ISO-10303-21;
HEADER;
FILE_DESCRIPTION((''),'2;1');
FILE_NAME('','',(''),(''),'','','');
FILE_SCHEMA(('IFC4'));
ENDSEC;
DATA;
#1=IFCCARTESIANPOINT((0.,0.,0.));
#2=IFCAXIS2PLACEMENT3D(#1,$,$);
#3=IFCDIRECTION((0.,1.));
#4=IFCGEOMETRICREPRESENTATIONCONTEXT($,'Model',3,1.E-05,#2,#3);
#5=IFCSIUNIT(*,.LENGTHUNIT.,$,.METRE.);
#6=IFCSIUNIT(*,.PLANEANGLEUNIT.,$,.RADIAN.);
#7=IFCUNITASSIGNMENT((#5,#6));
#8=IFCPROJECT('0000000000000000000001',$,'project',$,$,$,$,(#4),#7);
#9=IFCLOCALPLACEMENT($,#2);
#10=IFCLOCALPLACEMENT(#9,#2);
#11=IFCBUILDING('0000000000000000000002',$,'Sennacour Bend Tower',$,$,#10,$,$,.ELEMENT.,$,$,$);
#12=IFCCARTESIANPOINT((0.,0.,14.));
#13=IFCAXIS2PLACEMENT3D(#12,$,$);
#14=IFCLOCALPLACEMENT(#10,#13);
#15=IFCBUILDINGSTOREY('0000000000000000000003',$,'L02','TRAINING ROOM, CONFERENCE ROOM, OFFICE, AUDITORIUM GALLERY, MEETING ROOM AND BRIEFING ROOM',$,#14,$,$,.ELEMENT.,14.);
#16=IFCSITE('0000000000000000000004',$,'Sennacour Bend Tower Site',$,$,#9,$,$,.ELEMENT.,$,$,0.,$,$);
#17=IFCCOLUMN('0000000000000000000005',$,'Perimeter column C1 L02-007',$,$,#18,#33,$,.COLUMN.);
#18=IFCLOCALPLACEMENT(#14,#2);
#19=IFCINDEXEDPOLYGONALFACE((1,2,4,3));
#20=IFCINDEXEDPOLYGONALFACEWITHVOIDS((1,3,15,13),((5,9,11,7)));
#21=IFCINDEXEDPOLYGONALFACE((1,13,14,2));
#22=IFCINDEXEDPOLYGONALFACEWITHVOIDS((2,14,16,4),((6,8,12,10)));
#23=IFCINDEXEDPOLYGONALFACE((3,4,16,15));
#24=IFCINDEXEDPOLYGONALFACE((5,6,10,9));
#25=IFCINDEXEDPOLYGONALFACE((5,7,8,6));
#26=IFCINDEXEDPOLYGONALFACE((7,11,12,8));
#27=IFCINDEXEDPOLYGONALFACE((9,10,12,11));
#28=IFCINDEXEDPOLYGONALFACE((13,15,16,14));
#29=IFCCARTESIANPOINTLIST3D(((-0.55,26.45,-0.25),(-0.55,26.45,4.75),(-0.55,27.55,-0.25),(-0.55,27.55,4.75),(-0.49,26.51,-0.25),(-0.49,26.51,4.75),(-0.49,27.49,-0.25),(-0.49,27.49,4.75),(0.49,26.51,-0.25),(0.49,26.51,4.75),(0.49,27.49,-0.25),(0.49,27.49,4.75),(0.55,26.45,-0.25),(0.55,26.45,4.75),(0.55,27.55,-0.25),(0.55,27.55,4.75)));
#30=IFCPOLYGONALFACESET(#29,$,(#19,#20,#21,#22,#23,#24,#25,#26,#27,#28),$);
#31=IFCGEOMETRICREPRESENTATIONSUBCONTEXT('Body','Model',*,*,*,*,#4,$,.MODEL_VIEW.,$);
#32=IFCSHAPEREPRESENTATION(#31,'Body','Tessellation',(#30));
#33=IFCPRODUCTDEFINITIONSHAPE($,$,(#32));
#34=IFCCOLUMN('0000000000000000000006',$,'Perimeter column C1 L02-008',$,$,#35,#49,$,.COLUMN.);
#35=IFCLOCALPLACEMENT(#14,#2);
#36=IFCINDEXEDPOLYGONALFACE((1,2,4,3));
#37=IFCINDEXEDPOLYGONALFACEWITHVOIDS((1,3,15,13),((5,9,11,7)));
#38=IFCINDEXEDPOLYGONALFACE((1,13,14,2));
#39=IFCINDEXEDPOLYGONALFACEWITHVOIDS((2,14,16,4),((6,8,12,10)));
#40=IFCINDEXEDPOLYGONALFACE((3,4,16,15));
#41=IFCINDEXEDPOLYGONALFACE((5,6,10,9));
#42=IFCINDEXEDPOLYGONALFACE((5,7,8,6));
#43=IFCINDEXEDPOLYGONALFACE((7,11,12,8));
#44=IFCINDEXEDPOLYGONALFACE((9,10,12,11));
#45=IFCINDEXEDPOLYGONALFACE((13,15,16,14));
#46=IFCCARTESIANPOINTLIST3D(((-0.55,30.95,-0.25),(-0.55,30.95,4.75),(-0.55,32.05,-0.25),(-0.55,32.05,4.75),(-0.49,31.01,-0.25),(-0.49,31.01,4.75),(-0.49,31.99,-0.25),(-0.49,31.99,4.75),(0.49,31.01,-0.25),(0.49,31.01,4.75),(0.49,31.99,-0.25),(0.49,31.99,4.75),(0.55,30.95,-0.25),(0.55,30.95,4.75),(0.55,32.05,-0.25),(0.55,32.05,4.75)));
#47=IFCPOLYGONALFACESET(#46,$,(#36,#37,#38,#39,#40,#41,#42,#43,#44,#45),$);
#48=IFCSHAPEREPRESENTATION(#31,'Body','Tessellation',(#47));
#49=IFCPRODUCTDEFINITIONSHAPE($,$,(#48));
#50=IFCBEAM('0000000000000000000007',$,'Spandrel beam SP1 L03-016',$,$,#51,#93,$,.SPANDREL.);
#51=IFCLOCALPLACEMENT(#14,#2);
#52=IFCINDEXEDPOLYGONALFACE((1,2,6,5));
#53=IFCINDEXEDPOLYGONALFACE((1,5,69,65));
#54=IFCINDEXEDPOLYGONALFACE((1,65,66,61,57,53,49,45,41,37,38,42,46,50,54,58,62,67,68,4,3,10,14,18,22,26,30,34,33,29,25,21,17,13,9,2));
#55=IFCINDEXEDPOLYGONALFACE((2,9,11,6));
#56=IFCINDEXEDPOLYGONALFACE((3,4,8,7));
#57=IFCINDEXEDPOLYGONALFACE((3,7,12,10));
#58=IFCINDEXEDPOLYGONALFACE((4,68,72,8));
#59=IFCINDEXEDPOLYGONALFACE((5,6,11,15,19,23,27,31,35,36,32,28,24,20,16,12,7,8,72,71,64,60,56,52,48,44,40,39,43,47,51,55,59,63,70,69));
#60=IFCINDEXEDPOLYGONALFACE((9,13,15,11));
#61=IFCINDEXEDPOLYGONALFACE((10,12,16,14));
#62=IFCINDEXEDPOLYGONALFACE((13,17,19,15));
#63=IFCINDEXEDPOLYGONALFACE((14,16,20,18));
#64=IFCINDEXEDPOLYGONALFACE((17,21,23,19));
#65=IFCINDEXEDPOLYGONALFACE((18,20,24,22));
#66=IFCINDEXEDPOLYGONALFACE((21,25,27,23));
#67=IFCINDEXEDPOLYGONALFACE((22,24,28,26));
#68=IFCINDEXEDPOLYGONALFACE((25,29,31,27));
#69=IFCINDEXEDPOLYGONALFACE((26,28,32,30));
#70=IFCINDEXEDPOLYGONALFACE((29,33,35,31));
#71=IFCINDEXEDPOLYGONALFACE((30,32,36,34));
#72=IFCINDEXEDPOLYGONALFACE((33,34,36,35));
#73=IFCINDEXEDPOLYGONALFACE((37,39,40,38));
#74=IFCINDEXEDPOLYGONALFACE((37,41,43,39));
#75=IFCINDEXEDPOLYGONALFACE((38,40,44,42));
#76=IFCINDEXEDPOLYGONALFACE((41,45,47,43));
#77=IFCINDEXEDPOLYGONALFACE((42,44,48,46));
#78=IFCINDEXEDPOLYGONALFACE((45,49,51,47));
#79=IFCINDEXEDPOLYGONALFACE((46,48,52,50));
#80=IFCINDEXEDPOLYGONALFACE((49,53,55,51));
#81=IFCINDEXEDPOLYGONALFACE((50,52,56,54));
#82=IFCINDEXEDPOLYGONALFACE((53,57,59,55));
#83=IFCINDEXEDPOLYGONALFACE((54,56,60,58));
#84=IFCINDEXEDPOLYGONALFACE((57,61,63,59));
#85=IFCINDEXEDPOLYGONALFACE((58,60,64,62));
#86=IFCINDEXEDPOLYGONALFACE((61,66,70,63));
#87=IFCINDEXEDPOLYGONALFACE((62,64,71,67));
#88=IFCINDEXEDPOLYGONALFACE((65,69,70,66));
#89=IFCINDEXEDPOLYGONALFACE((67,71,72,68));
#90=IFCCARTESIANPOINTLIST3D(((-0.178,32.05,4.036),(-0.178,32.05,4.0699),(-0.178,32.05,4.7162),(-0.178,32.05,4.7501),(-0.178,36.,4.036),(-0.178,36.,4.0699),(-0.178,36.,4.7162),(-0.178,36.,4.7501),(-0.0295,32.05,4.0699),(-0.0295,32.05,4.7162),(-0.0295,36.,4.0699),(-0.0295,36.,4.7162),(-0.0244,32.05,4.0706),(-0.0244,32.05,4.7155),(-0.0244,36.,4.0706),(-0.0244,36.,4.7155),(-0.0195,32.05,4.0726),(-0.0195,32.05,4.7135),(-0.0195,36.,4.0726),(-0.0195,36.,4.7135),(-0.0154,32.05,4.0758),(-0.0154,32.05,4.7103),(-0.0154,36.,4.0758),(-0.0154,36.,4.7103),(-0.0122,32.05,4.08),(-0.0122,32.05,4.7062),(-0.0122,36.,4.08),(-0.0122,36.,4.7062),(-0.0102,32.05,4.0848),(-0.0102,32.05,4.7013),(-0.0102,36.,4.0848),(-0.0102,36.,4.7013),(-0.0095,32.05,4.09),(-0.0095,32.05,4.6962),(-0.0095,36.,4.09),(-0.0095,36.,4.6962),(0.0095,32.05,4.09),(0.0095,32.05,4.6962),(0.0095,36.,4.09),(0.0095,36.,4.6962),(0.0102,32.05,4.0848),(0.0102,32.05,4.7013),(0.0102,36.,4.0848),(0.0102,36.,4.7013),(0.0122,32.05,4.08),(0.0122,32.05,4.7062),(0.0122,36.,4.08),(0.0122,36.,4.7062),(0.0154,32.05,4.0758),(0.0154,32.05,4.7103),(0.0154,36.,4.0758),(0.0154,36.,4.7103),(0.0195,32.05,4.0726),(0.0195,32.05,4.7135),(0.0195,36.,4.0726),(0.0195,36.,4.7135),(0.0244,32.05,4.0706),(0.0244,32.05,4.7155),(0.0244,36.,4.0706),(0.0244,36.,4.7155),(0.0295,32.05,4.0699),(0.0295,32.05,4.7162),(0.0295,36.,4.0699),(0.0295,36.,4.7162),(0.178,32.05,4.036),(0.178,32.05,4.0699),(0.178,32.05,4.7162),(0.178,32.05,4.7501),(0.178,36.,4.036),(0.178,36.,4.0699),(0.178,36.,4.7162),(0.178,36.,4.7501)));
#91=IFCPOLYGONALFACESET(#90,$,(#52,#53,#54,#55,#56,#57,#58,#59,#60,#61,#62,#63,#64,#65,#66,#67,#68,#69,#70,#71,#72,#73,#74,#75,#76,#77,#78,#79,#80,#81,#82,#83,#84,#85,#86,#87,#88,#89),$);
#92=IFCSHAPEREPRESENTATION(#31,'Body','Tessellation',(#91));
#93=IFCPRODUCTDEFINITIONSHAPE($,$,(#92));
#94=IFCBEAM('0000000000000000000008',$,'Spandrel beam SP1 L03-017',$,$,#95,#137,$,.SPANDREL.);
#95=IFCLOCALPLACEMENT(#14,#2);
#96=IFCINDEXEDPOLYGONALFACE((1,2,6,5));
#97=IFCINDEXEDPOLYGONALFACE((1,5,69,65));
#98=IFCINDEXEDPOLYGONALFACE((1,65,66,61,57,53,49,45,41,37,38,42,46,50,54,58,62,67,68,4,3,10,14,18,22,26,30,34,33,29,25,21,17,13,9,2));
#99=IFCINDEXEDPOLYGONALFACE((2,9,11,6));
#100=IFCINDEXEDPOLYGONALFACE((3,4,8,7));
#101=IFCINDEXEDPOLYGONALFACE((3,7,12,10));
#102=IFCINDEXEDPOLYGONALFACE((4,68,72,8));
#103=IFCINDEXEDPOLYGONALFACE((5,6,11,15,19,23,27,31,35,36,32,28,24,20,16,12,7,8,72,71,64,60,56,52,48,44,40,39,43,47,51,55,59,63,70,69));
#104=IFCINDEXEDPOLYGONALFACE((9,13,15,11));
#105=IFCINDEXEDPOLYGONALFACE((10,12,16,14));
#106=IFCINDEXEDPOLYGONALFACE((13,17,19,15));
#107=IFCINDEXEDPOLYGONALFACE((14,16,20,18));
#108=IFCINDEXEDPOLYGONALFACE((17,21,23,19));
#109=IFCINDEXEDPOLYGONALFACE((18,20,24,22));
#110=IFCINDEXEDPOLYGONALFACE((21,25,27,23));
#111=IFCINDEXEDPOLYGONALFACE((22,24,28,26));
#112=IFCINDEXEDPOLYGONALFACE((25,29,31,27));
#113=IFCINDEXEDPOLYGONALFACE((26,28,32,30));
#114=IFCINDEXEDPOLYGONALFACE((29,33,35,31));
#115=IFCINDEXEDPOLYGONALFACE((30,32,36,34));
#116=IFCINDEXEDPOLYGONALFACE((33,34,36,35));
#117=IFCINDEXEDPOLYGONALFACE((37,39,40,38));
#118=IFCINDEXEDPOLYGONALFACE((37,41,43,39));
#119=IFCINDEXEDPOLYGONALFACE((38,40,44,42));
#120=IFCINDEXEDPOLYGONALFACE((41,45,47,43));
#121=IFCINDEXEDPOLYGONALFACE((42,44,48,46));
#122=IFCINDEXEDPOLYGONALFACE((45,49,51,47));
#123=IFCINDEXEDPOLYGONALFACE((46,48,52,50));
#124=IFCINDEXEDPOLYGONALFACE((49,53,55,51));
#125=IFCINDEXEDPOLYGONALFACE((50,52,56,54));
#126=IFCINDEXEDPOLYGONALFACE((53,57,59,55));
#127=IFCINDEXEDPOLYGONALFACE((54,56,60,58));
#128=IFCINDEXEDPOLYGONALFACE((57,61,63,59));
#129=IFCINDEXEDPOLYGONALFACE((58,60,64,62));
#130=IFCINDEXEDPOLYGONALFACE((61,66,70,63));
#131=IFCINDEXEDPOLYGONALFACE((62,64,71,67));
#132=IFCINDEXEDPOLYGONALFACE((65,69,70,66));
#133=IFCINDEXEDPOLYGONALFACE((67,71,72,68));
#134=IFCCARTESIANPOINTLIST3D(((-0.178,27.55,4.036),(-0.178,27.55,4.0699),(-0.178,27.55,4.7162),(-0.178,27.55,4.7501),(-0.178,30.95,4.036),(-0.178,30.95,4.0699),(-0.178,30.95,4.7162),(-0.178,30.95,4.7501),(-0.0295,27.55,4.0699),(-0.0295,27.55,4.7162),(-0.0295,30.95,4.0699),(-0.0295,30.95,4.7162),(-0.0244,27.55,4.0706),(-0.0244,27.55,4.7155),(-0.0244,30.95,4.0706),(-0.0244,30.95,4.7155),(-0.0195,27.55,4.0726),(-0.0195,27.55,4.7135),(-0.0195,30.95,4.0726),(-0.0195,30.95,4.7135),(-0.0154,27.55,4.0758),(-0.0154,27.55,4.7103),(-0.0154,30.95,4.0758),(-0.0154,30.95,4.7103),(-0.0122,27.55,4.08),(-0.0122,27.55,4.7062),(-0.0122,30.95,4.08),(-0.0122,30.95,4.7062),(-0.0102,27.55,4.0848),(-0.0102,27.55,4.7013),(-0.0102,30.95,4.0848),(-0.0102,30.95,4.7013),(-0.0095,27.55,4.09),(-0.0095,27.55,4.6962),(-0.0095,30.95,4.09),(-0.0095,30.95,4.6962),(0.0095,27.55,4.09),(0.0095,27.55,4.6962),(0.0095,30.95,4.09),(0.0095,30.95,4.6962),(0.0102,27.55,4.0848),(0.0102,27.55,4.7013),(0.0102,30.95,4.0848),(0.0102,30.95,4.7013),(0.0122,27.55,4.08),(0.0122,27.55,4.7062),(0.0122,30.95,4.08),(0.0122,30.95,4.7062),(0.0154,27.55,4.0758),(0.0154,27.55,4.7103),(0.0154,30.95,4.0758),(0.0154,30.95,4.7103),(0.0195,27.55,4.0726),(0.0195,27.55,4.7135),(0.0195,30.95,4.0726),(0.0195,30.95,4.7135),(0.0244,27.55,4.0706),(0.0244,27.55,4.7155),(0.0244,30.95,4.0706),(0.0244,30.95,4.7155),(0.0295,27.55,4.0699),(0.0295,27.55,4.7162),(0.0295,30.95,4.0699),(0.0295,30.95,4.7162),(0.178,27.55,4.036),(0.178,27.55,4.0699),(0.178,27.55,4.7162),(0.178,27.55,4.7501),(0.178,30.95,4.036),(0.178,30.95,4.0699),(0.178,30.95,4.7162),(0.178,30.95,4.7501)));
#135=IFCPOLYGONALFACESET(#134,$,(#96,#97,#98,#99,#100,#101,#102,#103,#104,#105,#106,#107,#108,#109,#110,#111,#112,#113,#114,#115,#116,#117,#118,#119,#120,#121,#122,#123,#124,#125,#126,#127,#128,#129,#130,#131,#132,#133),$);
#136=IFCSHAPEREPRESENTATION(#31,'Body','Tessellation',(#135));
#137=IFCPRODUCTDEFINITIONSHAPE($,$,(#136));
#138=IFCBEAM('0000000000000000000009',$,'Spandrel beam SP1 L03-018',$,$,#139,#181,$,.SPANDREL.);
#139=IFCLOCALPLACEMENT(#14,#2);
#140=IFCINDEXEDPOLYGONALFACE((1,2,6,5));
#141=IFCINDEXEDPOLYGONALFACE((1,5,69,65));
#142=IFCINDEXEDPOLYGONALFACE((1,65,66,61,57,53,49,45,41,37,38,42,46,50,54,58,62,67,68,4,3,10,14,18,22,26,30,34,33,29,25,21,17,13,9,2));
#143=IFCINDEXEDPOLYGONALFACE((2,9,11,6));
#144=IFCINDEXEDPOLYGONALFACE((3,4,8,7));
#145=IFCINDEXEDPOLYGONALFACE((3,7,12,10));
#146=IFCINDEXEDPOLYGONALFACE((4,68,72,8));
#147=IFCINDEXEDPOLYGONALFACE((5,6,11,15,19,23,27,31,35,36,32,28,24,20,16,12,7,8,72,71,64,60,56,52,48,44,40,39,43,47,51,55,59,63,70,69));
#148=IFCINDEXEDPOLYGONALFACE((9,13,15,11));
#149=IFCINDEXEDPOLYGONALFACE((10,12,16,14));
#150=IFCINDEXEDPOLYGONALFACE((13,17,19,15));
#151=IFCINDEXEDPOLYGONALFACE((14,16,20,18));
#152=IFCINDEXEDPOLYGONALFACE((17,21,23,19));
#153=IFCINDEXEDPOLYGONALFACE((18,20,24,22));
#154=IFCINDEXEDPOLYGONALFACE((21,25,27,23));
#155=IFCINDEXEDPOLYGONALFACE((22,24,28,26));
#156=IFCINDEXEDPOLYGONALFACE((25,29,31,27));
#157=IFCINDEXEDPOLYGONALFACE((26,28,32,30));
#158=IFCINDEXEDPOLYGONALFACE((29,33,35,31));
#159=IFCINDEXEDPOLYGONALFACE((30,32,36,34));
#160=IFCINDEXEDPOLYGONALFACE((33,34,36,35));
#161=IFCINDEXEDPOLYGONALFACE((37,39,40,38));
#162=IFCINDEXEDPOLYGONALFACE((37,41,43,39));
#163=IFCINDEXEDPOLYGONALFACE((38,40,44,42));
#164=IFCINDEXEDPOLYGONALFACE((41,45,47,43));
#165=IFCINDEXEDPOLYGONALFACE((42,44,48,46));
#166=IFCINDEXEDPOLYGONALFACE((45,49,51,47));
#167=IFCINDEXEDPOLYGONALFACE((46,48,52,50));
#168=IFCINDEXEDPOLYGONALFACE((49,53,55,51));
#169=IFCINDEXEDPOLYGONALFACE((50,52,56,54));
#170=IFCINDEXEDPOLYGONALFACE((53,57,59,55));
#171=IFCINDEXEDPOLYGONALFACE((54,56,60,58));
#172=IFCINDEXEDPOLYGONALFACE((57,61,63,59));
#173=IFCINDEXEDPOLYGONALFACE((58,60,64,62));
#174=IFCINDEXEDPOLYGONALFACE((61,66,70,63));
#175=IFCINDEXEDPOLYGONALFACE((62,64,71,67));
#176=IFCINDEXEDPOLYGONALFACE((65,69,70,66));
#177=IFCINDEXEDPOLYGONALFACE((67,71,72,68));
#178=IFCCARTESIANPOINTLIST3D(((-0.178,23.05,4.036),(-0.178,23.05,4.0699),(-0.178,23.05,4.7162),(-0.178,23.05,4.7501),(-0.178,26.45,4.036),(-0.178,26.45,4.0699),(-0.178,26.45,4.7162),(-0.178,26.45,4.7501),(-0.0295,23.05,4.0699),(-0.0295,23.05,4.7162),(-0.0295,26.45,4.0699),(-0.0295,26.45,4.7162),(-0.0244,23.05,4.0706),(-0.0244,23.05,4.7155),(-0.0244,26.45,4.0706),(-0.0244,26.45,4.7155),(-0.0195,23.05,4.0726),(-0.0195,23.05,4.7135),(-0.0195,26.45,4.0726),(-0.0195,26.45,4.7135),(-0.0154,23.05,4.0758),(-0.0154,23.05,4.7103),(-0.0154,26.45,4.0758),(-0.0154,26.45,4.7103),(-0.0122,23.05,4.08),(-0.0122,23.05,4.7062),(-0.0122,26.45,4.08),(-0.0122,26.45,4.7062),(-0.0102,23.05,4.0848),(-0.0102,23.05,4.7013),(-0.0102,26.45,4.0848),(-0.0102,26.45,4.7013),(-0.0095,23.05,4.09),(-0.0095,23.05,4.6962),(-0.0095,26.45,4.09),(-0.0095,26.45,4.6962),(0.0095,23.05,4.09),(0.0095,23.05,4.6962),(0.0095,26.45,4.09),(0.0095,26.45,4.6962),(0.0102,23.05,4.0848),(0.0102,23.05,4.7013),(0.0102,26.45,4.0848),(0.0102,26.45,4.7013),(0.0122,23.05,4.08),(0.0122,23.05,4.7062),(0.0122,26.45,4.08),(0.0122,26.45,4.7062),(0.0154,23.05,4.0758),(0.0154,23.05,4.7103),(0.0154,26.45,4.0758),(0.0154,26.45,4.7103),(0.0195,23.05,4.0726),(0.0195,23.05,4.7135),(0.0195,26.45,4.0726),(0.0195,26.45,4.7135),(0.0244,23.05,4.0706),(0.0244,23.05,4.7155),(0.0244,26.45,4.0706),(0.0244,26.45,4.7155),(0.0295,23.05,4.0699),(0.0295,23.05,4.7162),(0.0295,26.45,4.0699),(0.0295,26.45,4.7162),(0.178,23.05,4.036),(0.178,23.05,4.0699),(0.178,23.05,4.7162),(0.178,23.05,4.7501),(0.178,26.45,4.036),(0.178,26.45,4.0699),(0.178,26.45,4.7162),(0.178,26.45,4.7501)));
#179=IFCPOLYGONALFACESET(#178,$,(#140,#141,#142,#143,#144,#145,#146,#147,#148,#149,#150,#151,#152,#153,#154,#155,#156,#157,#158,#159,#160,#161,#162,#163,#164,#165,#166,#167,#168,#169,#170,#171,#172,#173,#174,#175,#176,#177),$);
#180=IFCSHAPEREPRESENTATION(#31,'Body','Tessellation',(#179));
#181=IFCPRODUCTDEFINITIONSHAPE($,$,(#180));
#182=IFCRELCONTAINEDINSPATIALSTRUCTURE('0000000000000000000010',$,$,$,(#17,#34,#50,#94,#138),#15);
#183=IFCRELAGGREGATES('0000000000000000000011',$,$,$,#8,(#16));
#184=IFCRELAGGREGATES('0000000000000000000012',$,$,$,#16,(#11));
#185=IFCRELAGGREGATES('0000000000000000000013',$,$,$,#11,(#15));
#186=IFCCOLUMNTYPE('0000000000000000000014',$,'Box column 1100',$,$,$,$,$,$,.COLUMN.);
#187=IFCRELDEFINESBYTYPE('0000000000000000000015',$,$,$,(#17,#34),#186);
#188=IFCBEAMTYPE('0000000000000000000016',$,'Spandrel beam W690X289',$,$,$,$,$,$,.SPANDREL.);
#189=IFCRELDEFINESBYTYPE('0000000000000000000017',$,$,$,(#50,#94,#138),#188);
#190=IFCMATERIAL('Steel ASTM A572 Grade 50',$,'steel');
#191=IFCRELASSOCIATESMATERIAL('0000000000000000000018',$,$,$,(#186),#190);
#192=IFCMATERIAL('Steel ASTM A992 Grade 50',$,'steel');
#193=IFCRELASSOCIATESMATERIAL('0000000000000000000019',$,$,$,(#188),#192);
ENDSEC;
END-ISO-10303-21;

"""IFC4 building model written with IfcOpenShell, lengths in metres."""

from ifc_helpers import new_model, si_unit, direction, frame, origin, origin_2d, place, context, subcontext, project, spatial, hollow_rectangle, i_section, extrude, material, material_profile, profile_set, type_object, element, save


model = new_model("IFC4")

# Units and contexts
model_context = context("Model", 3, precision=1e-05, world=origin(), true_north=direction((0.0, 1.0)))
body_context = subcontext(model_context, "Body", "Model", "MODEL_VIEW")
ifc_project = project(units=[si_unit("LENGTHUNIT", "METRE"), si_unit("PLANEANGLEUNIT", "RADIAN")], contexts=[model_context])

# Site, building, storey
site_placement = place(None, origin())
site = spatial("IfcSite", under=ifc_project, at=site_placement, Name="Sennacour Bend Tower Site", CompositionType="ELEMENT", RefElevation=0.0)
building_placement = place(site_placement, origin())
building = spatial("IfcBuilding", under=site, at=building_placement, Name="Sennacour Bend Tower", CompositionType="ELEMENT")
storey_placement = place(building_placement, frame((0.0, 0.0, 14.0)))
storey = spatial("IfcBuildingStorey", under=building, at=storey_placement, Name="L02", Description="TRAINING ROOM, CONFERENCE ROOM, OFFICE, AUDITORIUM GALLERY, MEETING ROOM AND BRIEFING ROOM", CompositionType="ELEMENT", Elevation=14.0)

# Columns
ifc_material_1 = material(Name="Steel ASTM A572 Grade 50", Category="steel")
ifc_material_profile_1 = material_profile(ifc_material_1, hollow_rectangle(XDim=1.1001, YDim=1.1001, WallThickness=0.0601, at=origin_2d()), Name="Steel ASTM A572 Grade 50", Category="steel")
ifc_profile_set_1 = profile_set([ifc_material_profile_1], Name="Steel ASTM A572 Grade 50")
column_type = type_object("IfcColumnType", Name="Box column 1100", PredefinedType="COLUMN", material=ifc_profile_set_1)
for number, where, z_axis, x_axis, name in (
    (1, (0.0, 27.0, -0.25), (0.0, 0.0, 1.0), (1.0, 0.0, 0.0), "Perimeter column C1 L02-007"),
    (2, (0.0, 31.5, -0.25), (0.0, 0.0, 1.0), (1.0, 0.0, 0.0), "Perimeter column C1 L02-008"),
):
    element("IfcColumn", number, at=place(storey_placement, frame(where, z_axis=z_axis, x_axis=x_axis)), inside=storey, type_object=column_type, Name=name, PredefinedType="COLUMN", context=body_context, shape_type="SweptSolid", body=[
        extrude(hollow_rectangle(XDim=1.1001, YDim=1.1001, WallThickness=0.0601, at=origin_2d()), origin(), (0.0, 0.0, 1.0), 5.0),
    ])

# Beams
ifc_material_2 = material(Name="Steel ASTM A992 Grade 50", Category="steel")
ifc_material_profile_2 = material_profile(ifc_material_2, i_section(OverallWidth=0.356, OverallDepth=0.7141, WebThickness=0.019, FlangeThickness=0.0339, FilletRadius=0.02, at=origin_2d()), Name="Steel ASTM A992 Grade 50", Category="steel")
ifc_profile_set_2 = profile_set([ifc_material_profile_2], Name="Steel ASTM A992 Grade 50")
beam_type = type_object("IfcBeamType", Name="Spandrel beam W690X289", PredefinedType="SPANDREL", material=ifc_profile_set_2)
beam_placement = place(storey_placement, frame((0.0, 36.0, 4.3931), z_axis=(0.0, -1.0, 0.0), x_axis=(1.0, 0.0, 0.0)))
element("IfcBeam", 3, at=beam_placement, inside=storey, type_object=beam_type, Name="Spandrel beam SP1 L03-016", PredefinedType="SPANDREL", context=body_context, shape_type="SweptSolid", body=[
    extrude(i_section(OverallWidth=0.356, OverallDepth=0.7141, WebThickness=0.019, FlangeThickness=0.0339, FilletRadius=0.02, at=origin_2d()), origin(), (0.0, 0.0, 1.0), 3.95),
])
for number, where, z_axis, x_axis, name in (
    (4, (0.0, 30.95, 4.3931), (0.0, -1.0, 0.0), (1.0, 0.0, 0.0), "Spandrel beam SP1 L03-017"),
    (5, (0.0, 26.45, 4.3931), (0.0, -1.0, 0.0), (1.0, 0.0, 0.0), "Spandrel beam SP1 L03-018"),
):
    element("IfcBeam", number, at=place(storey_placement, frame(where, z_axis=z_axis, x_axis=x_axis)), inside=storey, type_object=beam_type, Name=name, PredefinedType="SPANDREL", context=body_context, shape_type="SweptSolid", body=[
        extrude(i_section(OverallWidth=0.356, OverallDepth=0.7141, WebThickness=0.019, FlangeThickness=0.0339, FilletRadius=0.02, at=origin_2d()), origin(), (0.0, 0.0, 1.0), 3.3999),
    ])

save(model, "model.ifc")
